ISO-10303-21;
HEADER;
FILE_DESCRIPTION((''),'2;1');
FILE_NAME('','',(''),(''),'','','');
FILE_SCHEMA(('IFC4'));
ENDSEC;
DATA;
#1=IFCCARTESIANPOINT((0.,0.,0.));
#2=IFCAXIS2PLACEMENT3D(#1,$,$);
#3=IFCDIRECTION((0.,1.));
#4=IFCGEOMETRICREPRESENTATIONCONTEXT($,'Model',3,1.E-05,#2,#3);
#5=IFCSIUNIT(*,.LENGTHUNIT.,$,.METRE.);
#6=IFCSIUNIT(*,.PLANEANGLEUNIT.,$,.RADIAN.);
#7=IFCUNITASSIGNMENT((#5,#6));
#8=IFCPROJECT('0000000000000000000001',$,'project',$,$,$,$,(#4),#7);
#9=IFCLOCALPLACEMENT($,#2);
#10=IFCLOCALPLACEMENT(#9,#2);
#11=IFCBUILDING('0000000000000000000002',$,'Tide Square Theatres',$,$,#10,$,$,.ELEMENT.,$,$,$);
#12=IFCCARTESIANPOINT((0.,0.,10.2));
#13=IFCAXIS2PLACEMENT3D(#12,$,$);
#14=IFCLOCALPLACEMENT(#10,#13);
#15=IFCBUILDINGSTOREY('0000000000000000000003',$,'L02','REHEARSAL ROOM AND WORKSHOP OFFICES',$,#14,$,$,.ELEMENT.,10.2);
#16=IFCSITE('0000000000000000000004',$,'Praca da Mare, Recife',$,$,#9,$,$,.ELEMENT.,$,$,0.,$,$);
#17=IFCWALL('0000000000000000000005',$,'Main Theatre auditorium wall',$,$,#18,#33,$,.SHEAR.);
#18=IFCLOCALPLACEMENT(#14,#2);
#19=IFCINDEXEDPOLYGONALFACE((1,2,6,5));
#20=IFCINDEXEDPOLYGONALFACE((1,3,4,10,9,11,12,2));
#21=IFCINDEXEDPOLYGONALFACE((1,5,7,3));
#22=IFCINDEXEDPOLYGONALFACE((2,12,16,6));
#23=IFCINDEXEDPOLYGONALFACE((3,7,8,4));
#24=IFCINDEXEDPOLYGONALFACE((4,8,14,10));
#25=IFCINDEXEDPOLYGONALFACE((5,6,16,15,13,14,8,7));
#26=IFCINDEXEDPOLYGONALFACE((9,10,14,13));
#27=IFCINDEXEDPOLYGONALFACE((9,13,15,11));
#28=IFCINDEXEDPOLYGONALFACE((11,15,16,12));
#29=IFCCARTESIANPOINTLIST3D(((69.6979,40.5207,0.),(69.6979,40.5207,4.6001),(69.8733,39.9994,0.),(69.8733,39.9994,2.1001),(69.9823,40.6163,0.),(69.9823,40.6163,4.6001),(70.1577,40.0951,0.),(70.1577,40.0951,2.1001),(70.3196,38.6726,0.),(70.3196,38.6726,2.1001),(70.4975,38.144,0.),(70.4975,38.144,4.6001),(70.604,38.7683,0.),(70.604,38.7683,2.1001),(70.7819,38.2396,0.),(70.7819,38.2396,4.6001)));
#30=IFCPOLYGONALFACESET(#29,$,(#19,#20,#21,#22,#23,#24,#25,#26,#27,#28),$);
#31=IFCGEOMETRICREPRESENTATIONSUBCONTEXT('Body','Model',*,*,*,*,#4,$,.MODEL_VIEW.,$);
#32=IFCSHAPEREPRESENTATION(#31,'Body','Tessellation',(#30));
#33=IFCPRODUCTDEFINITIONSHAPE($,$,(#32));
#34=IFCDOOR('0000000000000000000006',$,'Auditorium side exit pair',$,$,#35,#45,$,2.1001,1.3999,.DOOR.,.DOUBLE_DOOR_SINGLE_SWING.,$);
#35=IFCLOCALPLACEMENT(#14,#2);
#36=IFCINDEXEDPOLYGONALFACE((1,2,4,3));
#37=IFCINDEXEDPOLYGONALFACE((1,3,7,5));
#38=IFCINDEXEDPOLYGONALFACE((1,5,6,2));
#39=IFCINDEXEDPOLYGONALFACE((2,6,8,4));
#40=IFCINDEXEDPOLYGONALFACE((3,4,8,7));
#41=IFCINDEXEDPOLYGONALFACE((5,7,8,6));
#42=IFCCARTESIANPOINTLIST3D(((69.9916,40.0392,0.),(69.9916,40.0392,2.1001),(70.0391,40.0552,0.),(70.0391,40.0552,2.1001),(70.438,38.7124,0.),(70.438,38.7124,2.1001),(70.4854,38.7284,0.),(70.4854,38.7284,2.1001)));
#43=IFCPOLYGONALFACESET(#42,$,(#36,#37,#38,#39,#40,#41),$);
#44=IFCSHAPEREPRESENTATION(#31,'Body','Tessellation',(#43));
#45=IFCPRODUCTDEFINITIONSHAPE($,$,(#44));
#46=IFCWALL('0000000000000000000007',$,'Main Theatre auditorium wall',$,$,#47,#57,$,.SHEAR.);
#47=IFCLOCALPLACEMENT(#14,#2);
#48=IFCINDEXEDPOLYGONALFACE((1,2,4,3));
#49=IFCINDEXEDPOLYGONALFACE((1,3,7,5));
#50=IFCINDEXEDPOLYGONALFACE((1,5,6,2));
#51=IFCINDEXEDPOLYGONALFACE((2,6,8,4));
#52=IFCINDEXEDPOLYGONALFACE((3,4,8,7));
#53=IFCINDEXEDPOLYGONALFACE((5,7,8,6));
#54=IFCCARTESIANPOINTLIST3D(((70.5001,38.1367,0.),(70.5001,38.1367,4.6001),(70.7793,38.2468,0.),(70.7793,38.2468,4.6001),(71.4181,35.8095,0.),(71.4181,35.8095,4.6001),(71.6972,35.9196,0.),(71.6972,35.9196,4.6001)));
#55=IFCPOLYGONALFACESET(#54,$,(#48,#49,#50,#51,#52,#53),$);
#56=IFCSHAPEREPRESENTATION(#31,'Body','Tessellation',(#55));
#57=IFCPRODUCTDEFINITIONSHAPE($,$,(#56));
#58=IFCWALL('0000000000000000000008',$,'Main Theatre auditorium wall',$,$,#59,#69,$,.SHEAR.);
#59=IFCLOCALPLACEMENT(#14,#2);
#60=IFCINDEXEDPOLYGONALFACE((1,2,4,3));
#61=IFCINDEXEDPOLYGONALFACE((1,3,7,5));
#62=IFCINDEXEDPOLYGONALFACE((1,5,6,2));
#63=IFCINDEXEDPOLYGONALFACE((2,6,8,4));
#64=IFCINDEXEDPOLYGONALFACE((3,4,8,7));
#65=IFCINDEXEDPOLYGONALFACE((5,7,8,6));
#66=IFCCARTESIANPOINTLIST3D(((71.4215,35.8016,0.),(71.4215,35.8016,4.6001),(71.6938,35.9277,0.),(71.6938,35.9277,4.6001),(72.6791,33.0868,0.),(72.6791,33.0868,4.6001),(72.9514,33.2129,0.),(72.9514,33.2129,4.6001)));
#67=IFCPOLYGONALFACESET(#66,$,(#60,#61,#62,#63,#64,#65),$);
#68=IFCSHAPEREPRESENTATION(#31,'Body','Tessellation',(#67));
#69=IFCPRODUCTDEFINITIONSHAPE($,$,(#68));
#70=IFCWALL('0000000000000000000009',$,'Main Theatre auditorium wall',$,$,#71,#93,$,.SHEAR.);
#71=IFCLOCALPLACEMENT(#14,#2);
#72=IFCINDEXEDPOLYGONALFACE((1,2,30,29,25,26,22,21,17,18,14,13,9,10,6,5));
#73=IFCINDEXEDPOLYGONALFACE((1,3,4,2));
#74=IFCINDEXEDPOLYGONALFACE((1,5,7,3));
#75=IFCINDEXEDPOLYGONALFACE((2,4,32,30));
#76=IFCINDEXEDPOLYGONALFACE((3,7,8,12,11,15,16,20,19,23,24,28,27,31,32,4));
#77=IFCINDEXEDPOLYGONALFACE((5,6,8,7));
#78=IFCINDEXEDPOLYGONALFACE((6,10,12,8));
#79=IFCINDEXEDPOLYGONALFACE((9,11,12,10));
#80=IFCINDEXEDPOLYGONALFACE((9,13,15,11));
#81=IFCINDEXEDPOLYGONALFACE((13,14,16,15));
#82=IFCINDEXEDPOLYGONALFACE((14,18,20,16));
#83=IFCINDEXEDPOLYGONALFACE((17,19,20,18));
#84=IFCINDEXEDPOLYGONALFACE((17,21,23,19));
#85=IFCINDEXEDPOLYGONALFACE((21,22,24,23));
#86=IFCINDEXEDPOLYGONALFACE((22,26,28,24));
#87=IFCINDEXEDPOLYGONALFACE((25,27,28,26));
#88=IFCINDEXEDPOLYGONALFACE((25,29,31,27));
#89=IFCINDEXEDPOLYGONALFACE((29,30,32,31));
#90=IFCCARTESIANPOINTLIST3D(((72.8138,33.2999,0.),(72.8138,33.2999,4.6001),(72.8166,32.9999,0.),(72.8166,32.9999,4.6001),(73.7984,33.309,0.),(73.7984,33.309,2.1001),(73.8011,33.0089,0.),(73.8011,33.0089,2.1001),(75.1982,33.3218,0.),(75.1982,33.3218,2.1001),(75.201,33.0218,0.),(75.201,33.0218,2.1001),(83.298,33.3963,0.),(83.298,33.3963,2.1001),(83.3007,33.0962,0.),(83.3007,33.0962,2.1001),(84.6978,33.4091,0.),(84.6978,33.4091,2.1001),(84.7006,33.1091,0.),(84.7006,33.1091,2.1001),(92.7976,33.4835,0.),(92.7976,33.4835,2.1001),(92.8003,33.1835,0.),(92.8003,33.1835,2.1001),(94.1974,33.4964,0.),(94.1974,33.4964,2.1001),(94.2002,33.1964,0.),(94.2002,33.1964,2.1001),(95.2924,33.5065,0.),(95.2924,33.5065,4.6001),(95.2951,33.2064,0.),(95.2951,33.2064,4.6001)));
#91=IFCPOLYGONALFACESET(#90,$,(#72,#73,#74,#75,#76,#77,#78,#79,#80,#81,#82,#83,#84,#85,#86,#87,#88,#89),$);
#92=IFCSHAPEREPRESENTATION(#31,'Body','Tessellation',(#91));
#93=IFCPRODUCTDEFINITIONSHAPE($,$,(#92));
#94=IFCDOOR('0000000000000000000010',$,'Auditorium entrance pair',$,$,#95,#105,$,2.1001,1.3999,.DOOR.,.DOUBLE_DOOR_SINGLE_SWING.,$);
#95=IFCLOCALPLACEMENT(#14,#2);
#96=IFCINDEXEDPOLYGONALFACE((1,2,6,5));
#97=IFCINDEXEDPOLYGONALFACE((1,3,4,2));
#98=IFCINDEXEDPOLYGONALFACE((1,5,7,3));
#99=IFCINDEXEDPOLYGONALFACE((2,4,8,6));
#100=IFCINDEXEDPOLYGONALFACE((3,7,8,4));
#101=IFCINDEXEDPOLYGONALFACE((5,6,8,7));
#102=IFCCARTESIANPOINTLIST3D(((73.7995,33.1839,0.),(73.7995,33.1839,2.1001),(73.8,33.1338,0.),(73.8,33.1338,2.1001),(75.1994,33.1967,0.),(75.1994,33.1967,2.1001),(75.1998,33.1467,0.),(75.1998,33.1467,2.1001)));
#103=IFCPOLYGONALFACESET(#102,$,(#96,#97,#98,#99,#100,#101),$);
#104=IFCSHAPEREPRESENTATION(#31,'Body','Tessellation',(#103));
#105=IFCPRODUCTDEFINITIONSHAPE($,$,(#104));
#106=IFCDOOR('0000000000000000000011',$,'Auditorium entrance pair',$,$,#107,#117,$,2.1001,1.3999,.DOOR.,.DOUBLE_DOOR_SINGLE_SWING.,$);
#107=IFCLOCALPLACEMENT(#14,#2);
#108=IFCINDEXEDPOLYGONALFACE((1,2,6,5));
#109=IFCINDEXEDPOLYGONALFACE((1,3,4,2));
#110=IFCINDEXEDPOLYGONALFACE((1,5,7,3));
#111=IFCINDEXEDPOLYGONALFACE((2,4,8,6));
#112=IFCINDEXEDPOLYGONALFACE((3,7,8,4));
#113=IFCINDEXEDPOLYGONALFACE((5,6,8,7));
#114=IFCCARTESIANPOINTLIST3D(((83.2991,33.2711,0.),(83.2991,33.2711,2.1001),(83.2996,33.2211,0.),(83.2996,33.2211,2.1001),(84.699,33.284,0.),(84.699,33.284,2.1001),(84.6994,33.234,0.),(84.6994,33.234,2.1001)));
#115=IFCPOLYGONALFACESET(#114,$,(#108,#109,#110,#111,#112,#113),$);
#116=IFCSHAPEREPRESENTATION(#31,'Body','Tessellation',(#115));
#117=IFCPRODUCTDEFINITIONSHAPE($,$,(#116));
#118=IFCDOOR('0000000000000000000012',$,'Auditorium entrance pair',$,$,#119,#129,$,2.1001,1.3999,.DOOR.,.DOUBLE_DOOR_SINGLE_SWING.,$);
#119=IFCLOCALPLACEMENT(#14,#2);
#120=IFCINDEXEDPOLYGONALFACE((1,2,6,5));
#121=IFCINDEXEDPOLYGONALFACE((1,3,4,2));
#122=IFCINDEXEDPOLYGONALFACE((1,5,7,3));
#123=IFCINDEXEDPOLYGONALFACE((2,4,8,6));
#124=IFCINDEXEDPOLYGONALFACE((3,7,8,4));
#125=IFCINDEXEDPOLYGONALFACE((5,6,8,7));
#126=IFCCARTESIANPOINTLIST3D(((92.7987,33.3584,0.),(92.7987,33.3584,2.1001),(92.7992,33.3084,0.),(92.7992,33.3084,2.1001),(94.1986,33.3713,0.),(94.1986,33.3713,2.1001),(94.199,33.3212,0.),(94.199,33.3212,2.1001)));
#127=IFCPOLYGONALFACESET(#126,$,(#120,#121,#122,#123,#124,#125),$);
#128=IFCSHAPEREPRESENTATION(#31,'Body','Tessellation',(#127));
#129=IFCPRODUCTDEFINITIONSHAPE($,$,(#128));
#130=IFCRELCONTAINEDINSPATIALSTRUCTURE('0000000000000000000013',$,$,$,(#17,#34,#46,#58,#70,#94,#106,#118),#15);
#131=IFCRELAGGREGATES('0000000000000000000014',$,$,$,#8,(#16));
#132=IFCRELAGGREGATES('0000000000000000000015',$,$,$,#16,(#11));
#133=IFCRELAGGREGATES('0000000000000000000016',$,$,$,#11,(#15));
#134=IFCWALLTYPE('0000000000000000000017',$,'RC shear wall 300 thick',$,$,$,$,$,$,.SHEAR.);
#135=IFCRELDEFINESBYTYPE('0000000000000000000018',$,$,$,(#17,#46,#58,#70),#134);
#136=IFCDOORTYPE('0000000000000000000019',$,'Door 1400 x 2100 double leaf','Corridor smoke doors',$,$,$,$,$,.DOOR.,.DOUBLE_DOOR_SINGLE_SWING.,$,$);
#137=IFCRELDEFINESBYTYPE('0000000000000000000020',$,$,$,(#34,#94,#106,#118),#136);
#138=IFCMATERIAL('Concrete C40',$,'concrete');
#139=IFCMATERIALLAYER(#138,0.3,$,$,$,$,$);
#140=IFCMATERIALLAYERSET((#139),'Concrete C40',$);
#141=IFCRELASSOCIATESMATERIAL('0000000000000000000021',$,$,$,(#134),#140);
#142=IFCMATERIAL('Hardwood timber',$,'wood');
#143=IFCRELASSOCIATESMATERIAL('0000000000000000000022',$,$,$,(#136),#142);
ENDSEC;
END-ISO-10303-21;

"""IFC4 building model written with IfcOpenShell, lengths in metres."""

from ifc_helpers import new_model, si_unit, direction, frame, frame_2d, origin, place, context, subcontext, project, spatial, rectangle, extrude, material, layer, layer_set, type_object, element, fill, save


model = new_model("IFC4")

# Units and contexts
model_context = context("Model", 3, precision=1e-05, world=origin(), true_north=direction((0.0, 1.0)))
body_context = subcontext(model_context, "Body", "Model", "MODEL_VIEW")
ifc_project = project(units=[si_unit("LENGTHUNIT", "METRE"), si_unit("PLANEANGLEUNIT", "RADIAN")], contexts=[model_context])

# Site, building, storey
site_placement = place(None, origin())
site = spatial("IfcSite", under=ifc_project, at=site_placement, Name="Praca da Mare, Recife", CompositionType="ELEMENT", RefElevation=0.0)
building_placement = place(site_placement, origin())
building = spatial("IfcBuilding", under=site, at=building_placement, Name="Tide Square Theatres", CompositionType="ELEMENT")
storey_placement = place(building_placement, frame((0.0, 0.0, 10.2)))
storey = spatial("IfcBuildingStorey", under=building, at=storey_placement, Name="L02", Description="REHEARSAL ROOM AND WORKSHOP OFFICES", CompositionType="ELEMENT", Elevation=10.2)

# Shared definitions
ifc_material_1 = material(Name="Concrete C40", Category="concrete")
ifc_layer_1 = layer(ifc_material_1, 0.3)
ifc_layer_set_1 = layer_set([ifc_layer_1], Name="Concrete C40")
wall_type_1 = type_object("IfcWallType", Name="RC shear wall 300 thick", PredefinedType="SHEAR", material=ifc_layer_set_1)

# Wall, opening, door
wall_1_placement = place(storey_placement, frame((69.8401, 40.5686, 0.0), z_axis=(0.0, 0.0, 1.0), x_axis=(0.318855, -0.947803, 0.0)))
wall_1 = element("IfcWall", 1, at=wall_1_placement, inside=storey, type_object=wall_type_1, Name="Main Theatre auditorium wall", PredefinedType="SHEAR", context=body_context, shape_type="SweptSolid", body=[
    extrude(rectangle(XDim=2.5076, YDim=0.3, at=frame_2d((1.2539, 0.0))), origin(), (0.0, 0.0, 1.0), 4.6001),
])
opening_1_placement = place(wall_1_placement, frame((0.55, 0.0, 0.0)))
opening_1 = element("IfcOpeningElement", 2, at=opening_1_placement, cuts=wall_1, PredefinedType="OPENING", context=body_context, shape_type="SweptSolid", body=[
    extrude(rectangle(XDim=1.3999, YDim=2.1001, at=frame_2d((0.7, 1.05))), frame((0.0, 0.1599, 0.0), z_axis=(0.0, -1.0, 0.0), x_axis=(1.0, 0.0, 0.0)), (0.0, 0.0, 1.0), 0.3201),
])
ifc_material_2 = material(Name="Hardwood timber", Category="wood")
door_type_1 = type_object("IfcDoorType", Name="Door 1400 x 2100 double leaf", Description="Corridor smoke doors", OperationType="DOUBLE_DOOR_SINGLE_SWING", PredefinedType="DOOR", material=ifc_material_2)
door_1_placement = place(opening_1_placement, origin())
door_1 = element("IfcDoor", 3, at=door_1_placement, inside=storey, type_object=door_type_1, Name="Auditorium side exit pair", OperationType="DOUBLE_DOOR_SINGLE_SWING", OverallHeight=2.1001, OverallWidth=1.3999, PredefinedType="DOOR", context=body_context, shape_type="SweptSolid", body=[
    extrude(rectangle(XDim=1.3999, YDim=2.1001, at=frame_2d((0.7, 1.05))), frame((0.0, 0.0249, 0.0), z_axis=(0.0, -1.0, 0.0), x_axis=(1.0, 0.0, 0.0)), (0.0, 0.0, 1.0), 0.05),
])
fill(opening_1, door_1)

# Walls
wall_2_placement = place(storey_placement, frame((70.6396, 38.1919, 0.0), z_axis=(0.0, 0.0, 1.0), x_axis=(0.366944, -0.930243, 0.0)))
element("IfcWall", 4, at=wall_2_placement, inside=storey, type_object=wall_type_1, Name="Main Theatre auditorium wall", PredefinedType="SHEAR", context=body_context, shape_type="SweptSolid", body=[
    extrude(rectangle(XDim=2.5017, YDim=0.3, at=frame_2d((1.251, 0.0))), origin(), (0.0, 0.0, 1.0), 4.6001),
])
wall_3_placement = place(storey_placement, frame((71.5576, 35.8647, 0.0), z_axis=(0.0, 0.0, 1.0), x_axis=(0.420315, -0.907378, 0.0)))
element("IfcWall", 5, at=wall_3_placement, inside=storey, type_object=wall_type_1, Name="Main Theatre auditorium wall", PredefinedType="SHEAR", context=body_context, shape_type="SweptSolid", body=[
    extrude(rectangle(XDim=2.9919, YDim=0.3, at=frame_2d((1.4961, 0.0))), origin(), (0.0, 0.0, 1.0), 4.6001),
])

# Wall, openings, doors
wall_4_placement = place(storey_placement, frame((72.8152, 33.1499, 0.0), z_axis=(0.0, 0.0, 1.0), x_axis=(0.999958, 0.009188, 0.0)))
wall_4 = element("IfcWall", 6, at=wall_4_placement, inside=storey, type_object=wall_type_1, Name="Main Theatre auditorium wall", PredefinedType="SHEAR", context=body_context, shape_type="SweptSolid", body=[
    extrude(rectangle(XDim=22.4795, YDim=0.3, at=frame_2d((11.2397, 0.0))), origin(), (0.0, 0.0, 1.0), 4.6001),
])
opening_2_placement = place(wall_4_placement, frame((0.9846, 0.0, 0.0)))
opening_2 = element("IfcOpeningElement", 7, at=opening_2_placement, cuts=wall_4, PredefinedType="OPENING", context=body_context, shape_type="SweptSolid", body=[
    extrude(rectangle(XDim=1.3999, YDim=2.1001, at=frame_2d((0.7, 1.05))), frame((0.0, 0.1599, 0.0), z_axis=(0.0, -1.0, 0.0), x_axis=(1.0, 0.0, 0.0)), (0.0, 0.0, 1.0), 0.3201),
])
opening_3_placement = place(wall_4_placement, frame((10.4846, 0.0, 0.0)))
opening_3 = element("IfcOpeningElement", 8, at=opening_3_placement, cuts=wall_4, PredefinedType="OPENING", context=body_context, shape_type="SweptSolid", body=[
    extrude(rectangle(XDim=1.3999, YDim=2.1001, at=frame_2d((0.7, 1.05))), frame((0.0, 0.1599, 0.0), z_axis=(0.0, -1.0, 0.0), x_axis=(1.0, 0.0, 0.0)), (0.0, 0.0, 1.0), 0.3201),
])
opening_4_placement = place(wall_4_placement, frame((19.9846, 0.0, 0.0)))
opening_4 = element("IfcOpeningElement", 9, at=opening_4_placement, cuts=wall_4, PredefinedType="OPENING", context=body_context, shape_type="SweptSolid", body=[
    extrude(rectangle(XDim=1.3999, YDim=2.1001, at=frame_2d((0.7, 1.05))), frame((0.0, 0.1599, 0.0), z_axis=(0.0, -1.0, 0.0), x_axis=(1.0, 0.0, 0.0)), (0.0, 0.0, 1.0), 0.3201),
])
door_2_placement = place(opening_2_placement, origin())
door_2 = element("IfcDoor", 10, at=door_2_placement, inside=storey, type_object=door_type_1, Name="Auditorium entrance pair", OperationType="DOUBLE_DOOR_SINGLE_SWING", OverallHeight=2.1001, OverallWidth=1.3999, PredefinedType="DOOR", context=body_context, shape_type="SweptSolid", body=[
    extrude(rectangle(XDim=1.3999, YDim=2.1001, at=frame_2d((0.7, 1.05))), frame((0.0, 0.0249, 0.0), z_axis=(0.0, -1.0, 0.0), x_axis=(1.0, 0.0, 0.0)), (0.0, 0.0, 1.0), 0.05),
])
fill(opening_2, door_2)
door_3_placement = place(opening_3_placement, origin())
door_3 = element("IfcDoor", 11, at=door_3_placement, inside=storey, type_object=door_type_1, Name="Auditorium entrance pair", OperationType="DOUBLE_DOOR_SINGLE_SWING", OverallHeight=2.1001, OverallWidth=1.3999, PredefinedType="DOOR", context=body_context, shape_type="SweptSolid", body=[
    extrude(rectangle(XDim=1.3999, YDim=2.1001, at=frame_2d((0.7, 1.05))), frame((0.0, 0.0249, 0.0), z_axis=(0.0, -1.0, 0.0), x_axis=(1.0, 0.0, 0.0)), (0.0, 0.0, 1.0), 0.05),
])
fill(opening_3, door_3)
door_4_placement = place(opening_4_placement, origin())
door_4 = element("IfcDoor", 12, at=door_4_placement, inside=storey, type_object=door_type_1, Name="Auditorium entrance pair", OperationType="DOUBLE_DOOR_SINGLE_SWING", OverallHeight=2.1001, OverallWidth=1.3999, PredefinedType="DOOR", context=body_context, shape_type="SweptSolid", body=[
    extrude(rectangle(XDim=1.3999, YDim=2.1001, at=frame_2d((0.7, 1.05))), frame((0.0, 0.0249, 0.0), z_axis=(0.0, -1.0, 0.0), x_axis=(1.0, 0.0, 0.0)), (0.0, 0.0, 1.0), 0.05),
])
fill(opening_4, door_4)

save(model, "model.ifc")
